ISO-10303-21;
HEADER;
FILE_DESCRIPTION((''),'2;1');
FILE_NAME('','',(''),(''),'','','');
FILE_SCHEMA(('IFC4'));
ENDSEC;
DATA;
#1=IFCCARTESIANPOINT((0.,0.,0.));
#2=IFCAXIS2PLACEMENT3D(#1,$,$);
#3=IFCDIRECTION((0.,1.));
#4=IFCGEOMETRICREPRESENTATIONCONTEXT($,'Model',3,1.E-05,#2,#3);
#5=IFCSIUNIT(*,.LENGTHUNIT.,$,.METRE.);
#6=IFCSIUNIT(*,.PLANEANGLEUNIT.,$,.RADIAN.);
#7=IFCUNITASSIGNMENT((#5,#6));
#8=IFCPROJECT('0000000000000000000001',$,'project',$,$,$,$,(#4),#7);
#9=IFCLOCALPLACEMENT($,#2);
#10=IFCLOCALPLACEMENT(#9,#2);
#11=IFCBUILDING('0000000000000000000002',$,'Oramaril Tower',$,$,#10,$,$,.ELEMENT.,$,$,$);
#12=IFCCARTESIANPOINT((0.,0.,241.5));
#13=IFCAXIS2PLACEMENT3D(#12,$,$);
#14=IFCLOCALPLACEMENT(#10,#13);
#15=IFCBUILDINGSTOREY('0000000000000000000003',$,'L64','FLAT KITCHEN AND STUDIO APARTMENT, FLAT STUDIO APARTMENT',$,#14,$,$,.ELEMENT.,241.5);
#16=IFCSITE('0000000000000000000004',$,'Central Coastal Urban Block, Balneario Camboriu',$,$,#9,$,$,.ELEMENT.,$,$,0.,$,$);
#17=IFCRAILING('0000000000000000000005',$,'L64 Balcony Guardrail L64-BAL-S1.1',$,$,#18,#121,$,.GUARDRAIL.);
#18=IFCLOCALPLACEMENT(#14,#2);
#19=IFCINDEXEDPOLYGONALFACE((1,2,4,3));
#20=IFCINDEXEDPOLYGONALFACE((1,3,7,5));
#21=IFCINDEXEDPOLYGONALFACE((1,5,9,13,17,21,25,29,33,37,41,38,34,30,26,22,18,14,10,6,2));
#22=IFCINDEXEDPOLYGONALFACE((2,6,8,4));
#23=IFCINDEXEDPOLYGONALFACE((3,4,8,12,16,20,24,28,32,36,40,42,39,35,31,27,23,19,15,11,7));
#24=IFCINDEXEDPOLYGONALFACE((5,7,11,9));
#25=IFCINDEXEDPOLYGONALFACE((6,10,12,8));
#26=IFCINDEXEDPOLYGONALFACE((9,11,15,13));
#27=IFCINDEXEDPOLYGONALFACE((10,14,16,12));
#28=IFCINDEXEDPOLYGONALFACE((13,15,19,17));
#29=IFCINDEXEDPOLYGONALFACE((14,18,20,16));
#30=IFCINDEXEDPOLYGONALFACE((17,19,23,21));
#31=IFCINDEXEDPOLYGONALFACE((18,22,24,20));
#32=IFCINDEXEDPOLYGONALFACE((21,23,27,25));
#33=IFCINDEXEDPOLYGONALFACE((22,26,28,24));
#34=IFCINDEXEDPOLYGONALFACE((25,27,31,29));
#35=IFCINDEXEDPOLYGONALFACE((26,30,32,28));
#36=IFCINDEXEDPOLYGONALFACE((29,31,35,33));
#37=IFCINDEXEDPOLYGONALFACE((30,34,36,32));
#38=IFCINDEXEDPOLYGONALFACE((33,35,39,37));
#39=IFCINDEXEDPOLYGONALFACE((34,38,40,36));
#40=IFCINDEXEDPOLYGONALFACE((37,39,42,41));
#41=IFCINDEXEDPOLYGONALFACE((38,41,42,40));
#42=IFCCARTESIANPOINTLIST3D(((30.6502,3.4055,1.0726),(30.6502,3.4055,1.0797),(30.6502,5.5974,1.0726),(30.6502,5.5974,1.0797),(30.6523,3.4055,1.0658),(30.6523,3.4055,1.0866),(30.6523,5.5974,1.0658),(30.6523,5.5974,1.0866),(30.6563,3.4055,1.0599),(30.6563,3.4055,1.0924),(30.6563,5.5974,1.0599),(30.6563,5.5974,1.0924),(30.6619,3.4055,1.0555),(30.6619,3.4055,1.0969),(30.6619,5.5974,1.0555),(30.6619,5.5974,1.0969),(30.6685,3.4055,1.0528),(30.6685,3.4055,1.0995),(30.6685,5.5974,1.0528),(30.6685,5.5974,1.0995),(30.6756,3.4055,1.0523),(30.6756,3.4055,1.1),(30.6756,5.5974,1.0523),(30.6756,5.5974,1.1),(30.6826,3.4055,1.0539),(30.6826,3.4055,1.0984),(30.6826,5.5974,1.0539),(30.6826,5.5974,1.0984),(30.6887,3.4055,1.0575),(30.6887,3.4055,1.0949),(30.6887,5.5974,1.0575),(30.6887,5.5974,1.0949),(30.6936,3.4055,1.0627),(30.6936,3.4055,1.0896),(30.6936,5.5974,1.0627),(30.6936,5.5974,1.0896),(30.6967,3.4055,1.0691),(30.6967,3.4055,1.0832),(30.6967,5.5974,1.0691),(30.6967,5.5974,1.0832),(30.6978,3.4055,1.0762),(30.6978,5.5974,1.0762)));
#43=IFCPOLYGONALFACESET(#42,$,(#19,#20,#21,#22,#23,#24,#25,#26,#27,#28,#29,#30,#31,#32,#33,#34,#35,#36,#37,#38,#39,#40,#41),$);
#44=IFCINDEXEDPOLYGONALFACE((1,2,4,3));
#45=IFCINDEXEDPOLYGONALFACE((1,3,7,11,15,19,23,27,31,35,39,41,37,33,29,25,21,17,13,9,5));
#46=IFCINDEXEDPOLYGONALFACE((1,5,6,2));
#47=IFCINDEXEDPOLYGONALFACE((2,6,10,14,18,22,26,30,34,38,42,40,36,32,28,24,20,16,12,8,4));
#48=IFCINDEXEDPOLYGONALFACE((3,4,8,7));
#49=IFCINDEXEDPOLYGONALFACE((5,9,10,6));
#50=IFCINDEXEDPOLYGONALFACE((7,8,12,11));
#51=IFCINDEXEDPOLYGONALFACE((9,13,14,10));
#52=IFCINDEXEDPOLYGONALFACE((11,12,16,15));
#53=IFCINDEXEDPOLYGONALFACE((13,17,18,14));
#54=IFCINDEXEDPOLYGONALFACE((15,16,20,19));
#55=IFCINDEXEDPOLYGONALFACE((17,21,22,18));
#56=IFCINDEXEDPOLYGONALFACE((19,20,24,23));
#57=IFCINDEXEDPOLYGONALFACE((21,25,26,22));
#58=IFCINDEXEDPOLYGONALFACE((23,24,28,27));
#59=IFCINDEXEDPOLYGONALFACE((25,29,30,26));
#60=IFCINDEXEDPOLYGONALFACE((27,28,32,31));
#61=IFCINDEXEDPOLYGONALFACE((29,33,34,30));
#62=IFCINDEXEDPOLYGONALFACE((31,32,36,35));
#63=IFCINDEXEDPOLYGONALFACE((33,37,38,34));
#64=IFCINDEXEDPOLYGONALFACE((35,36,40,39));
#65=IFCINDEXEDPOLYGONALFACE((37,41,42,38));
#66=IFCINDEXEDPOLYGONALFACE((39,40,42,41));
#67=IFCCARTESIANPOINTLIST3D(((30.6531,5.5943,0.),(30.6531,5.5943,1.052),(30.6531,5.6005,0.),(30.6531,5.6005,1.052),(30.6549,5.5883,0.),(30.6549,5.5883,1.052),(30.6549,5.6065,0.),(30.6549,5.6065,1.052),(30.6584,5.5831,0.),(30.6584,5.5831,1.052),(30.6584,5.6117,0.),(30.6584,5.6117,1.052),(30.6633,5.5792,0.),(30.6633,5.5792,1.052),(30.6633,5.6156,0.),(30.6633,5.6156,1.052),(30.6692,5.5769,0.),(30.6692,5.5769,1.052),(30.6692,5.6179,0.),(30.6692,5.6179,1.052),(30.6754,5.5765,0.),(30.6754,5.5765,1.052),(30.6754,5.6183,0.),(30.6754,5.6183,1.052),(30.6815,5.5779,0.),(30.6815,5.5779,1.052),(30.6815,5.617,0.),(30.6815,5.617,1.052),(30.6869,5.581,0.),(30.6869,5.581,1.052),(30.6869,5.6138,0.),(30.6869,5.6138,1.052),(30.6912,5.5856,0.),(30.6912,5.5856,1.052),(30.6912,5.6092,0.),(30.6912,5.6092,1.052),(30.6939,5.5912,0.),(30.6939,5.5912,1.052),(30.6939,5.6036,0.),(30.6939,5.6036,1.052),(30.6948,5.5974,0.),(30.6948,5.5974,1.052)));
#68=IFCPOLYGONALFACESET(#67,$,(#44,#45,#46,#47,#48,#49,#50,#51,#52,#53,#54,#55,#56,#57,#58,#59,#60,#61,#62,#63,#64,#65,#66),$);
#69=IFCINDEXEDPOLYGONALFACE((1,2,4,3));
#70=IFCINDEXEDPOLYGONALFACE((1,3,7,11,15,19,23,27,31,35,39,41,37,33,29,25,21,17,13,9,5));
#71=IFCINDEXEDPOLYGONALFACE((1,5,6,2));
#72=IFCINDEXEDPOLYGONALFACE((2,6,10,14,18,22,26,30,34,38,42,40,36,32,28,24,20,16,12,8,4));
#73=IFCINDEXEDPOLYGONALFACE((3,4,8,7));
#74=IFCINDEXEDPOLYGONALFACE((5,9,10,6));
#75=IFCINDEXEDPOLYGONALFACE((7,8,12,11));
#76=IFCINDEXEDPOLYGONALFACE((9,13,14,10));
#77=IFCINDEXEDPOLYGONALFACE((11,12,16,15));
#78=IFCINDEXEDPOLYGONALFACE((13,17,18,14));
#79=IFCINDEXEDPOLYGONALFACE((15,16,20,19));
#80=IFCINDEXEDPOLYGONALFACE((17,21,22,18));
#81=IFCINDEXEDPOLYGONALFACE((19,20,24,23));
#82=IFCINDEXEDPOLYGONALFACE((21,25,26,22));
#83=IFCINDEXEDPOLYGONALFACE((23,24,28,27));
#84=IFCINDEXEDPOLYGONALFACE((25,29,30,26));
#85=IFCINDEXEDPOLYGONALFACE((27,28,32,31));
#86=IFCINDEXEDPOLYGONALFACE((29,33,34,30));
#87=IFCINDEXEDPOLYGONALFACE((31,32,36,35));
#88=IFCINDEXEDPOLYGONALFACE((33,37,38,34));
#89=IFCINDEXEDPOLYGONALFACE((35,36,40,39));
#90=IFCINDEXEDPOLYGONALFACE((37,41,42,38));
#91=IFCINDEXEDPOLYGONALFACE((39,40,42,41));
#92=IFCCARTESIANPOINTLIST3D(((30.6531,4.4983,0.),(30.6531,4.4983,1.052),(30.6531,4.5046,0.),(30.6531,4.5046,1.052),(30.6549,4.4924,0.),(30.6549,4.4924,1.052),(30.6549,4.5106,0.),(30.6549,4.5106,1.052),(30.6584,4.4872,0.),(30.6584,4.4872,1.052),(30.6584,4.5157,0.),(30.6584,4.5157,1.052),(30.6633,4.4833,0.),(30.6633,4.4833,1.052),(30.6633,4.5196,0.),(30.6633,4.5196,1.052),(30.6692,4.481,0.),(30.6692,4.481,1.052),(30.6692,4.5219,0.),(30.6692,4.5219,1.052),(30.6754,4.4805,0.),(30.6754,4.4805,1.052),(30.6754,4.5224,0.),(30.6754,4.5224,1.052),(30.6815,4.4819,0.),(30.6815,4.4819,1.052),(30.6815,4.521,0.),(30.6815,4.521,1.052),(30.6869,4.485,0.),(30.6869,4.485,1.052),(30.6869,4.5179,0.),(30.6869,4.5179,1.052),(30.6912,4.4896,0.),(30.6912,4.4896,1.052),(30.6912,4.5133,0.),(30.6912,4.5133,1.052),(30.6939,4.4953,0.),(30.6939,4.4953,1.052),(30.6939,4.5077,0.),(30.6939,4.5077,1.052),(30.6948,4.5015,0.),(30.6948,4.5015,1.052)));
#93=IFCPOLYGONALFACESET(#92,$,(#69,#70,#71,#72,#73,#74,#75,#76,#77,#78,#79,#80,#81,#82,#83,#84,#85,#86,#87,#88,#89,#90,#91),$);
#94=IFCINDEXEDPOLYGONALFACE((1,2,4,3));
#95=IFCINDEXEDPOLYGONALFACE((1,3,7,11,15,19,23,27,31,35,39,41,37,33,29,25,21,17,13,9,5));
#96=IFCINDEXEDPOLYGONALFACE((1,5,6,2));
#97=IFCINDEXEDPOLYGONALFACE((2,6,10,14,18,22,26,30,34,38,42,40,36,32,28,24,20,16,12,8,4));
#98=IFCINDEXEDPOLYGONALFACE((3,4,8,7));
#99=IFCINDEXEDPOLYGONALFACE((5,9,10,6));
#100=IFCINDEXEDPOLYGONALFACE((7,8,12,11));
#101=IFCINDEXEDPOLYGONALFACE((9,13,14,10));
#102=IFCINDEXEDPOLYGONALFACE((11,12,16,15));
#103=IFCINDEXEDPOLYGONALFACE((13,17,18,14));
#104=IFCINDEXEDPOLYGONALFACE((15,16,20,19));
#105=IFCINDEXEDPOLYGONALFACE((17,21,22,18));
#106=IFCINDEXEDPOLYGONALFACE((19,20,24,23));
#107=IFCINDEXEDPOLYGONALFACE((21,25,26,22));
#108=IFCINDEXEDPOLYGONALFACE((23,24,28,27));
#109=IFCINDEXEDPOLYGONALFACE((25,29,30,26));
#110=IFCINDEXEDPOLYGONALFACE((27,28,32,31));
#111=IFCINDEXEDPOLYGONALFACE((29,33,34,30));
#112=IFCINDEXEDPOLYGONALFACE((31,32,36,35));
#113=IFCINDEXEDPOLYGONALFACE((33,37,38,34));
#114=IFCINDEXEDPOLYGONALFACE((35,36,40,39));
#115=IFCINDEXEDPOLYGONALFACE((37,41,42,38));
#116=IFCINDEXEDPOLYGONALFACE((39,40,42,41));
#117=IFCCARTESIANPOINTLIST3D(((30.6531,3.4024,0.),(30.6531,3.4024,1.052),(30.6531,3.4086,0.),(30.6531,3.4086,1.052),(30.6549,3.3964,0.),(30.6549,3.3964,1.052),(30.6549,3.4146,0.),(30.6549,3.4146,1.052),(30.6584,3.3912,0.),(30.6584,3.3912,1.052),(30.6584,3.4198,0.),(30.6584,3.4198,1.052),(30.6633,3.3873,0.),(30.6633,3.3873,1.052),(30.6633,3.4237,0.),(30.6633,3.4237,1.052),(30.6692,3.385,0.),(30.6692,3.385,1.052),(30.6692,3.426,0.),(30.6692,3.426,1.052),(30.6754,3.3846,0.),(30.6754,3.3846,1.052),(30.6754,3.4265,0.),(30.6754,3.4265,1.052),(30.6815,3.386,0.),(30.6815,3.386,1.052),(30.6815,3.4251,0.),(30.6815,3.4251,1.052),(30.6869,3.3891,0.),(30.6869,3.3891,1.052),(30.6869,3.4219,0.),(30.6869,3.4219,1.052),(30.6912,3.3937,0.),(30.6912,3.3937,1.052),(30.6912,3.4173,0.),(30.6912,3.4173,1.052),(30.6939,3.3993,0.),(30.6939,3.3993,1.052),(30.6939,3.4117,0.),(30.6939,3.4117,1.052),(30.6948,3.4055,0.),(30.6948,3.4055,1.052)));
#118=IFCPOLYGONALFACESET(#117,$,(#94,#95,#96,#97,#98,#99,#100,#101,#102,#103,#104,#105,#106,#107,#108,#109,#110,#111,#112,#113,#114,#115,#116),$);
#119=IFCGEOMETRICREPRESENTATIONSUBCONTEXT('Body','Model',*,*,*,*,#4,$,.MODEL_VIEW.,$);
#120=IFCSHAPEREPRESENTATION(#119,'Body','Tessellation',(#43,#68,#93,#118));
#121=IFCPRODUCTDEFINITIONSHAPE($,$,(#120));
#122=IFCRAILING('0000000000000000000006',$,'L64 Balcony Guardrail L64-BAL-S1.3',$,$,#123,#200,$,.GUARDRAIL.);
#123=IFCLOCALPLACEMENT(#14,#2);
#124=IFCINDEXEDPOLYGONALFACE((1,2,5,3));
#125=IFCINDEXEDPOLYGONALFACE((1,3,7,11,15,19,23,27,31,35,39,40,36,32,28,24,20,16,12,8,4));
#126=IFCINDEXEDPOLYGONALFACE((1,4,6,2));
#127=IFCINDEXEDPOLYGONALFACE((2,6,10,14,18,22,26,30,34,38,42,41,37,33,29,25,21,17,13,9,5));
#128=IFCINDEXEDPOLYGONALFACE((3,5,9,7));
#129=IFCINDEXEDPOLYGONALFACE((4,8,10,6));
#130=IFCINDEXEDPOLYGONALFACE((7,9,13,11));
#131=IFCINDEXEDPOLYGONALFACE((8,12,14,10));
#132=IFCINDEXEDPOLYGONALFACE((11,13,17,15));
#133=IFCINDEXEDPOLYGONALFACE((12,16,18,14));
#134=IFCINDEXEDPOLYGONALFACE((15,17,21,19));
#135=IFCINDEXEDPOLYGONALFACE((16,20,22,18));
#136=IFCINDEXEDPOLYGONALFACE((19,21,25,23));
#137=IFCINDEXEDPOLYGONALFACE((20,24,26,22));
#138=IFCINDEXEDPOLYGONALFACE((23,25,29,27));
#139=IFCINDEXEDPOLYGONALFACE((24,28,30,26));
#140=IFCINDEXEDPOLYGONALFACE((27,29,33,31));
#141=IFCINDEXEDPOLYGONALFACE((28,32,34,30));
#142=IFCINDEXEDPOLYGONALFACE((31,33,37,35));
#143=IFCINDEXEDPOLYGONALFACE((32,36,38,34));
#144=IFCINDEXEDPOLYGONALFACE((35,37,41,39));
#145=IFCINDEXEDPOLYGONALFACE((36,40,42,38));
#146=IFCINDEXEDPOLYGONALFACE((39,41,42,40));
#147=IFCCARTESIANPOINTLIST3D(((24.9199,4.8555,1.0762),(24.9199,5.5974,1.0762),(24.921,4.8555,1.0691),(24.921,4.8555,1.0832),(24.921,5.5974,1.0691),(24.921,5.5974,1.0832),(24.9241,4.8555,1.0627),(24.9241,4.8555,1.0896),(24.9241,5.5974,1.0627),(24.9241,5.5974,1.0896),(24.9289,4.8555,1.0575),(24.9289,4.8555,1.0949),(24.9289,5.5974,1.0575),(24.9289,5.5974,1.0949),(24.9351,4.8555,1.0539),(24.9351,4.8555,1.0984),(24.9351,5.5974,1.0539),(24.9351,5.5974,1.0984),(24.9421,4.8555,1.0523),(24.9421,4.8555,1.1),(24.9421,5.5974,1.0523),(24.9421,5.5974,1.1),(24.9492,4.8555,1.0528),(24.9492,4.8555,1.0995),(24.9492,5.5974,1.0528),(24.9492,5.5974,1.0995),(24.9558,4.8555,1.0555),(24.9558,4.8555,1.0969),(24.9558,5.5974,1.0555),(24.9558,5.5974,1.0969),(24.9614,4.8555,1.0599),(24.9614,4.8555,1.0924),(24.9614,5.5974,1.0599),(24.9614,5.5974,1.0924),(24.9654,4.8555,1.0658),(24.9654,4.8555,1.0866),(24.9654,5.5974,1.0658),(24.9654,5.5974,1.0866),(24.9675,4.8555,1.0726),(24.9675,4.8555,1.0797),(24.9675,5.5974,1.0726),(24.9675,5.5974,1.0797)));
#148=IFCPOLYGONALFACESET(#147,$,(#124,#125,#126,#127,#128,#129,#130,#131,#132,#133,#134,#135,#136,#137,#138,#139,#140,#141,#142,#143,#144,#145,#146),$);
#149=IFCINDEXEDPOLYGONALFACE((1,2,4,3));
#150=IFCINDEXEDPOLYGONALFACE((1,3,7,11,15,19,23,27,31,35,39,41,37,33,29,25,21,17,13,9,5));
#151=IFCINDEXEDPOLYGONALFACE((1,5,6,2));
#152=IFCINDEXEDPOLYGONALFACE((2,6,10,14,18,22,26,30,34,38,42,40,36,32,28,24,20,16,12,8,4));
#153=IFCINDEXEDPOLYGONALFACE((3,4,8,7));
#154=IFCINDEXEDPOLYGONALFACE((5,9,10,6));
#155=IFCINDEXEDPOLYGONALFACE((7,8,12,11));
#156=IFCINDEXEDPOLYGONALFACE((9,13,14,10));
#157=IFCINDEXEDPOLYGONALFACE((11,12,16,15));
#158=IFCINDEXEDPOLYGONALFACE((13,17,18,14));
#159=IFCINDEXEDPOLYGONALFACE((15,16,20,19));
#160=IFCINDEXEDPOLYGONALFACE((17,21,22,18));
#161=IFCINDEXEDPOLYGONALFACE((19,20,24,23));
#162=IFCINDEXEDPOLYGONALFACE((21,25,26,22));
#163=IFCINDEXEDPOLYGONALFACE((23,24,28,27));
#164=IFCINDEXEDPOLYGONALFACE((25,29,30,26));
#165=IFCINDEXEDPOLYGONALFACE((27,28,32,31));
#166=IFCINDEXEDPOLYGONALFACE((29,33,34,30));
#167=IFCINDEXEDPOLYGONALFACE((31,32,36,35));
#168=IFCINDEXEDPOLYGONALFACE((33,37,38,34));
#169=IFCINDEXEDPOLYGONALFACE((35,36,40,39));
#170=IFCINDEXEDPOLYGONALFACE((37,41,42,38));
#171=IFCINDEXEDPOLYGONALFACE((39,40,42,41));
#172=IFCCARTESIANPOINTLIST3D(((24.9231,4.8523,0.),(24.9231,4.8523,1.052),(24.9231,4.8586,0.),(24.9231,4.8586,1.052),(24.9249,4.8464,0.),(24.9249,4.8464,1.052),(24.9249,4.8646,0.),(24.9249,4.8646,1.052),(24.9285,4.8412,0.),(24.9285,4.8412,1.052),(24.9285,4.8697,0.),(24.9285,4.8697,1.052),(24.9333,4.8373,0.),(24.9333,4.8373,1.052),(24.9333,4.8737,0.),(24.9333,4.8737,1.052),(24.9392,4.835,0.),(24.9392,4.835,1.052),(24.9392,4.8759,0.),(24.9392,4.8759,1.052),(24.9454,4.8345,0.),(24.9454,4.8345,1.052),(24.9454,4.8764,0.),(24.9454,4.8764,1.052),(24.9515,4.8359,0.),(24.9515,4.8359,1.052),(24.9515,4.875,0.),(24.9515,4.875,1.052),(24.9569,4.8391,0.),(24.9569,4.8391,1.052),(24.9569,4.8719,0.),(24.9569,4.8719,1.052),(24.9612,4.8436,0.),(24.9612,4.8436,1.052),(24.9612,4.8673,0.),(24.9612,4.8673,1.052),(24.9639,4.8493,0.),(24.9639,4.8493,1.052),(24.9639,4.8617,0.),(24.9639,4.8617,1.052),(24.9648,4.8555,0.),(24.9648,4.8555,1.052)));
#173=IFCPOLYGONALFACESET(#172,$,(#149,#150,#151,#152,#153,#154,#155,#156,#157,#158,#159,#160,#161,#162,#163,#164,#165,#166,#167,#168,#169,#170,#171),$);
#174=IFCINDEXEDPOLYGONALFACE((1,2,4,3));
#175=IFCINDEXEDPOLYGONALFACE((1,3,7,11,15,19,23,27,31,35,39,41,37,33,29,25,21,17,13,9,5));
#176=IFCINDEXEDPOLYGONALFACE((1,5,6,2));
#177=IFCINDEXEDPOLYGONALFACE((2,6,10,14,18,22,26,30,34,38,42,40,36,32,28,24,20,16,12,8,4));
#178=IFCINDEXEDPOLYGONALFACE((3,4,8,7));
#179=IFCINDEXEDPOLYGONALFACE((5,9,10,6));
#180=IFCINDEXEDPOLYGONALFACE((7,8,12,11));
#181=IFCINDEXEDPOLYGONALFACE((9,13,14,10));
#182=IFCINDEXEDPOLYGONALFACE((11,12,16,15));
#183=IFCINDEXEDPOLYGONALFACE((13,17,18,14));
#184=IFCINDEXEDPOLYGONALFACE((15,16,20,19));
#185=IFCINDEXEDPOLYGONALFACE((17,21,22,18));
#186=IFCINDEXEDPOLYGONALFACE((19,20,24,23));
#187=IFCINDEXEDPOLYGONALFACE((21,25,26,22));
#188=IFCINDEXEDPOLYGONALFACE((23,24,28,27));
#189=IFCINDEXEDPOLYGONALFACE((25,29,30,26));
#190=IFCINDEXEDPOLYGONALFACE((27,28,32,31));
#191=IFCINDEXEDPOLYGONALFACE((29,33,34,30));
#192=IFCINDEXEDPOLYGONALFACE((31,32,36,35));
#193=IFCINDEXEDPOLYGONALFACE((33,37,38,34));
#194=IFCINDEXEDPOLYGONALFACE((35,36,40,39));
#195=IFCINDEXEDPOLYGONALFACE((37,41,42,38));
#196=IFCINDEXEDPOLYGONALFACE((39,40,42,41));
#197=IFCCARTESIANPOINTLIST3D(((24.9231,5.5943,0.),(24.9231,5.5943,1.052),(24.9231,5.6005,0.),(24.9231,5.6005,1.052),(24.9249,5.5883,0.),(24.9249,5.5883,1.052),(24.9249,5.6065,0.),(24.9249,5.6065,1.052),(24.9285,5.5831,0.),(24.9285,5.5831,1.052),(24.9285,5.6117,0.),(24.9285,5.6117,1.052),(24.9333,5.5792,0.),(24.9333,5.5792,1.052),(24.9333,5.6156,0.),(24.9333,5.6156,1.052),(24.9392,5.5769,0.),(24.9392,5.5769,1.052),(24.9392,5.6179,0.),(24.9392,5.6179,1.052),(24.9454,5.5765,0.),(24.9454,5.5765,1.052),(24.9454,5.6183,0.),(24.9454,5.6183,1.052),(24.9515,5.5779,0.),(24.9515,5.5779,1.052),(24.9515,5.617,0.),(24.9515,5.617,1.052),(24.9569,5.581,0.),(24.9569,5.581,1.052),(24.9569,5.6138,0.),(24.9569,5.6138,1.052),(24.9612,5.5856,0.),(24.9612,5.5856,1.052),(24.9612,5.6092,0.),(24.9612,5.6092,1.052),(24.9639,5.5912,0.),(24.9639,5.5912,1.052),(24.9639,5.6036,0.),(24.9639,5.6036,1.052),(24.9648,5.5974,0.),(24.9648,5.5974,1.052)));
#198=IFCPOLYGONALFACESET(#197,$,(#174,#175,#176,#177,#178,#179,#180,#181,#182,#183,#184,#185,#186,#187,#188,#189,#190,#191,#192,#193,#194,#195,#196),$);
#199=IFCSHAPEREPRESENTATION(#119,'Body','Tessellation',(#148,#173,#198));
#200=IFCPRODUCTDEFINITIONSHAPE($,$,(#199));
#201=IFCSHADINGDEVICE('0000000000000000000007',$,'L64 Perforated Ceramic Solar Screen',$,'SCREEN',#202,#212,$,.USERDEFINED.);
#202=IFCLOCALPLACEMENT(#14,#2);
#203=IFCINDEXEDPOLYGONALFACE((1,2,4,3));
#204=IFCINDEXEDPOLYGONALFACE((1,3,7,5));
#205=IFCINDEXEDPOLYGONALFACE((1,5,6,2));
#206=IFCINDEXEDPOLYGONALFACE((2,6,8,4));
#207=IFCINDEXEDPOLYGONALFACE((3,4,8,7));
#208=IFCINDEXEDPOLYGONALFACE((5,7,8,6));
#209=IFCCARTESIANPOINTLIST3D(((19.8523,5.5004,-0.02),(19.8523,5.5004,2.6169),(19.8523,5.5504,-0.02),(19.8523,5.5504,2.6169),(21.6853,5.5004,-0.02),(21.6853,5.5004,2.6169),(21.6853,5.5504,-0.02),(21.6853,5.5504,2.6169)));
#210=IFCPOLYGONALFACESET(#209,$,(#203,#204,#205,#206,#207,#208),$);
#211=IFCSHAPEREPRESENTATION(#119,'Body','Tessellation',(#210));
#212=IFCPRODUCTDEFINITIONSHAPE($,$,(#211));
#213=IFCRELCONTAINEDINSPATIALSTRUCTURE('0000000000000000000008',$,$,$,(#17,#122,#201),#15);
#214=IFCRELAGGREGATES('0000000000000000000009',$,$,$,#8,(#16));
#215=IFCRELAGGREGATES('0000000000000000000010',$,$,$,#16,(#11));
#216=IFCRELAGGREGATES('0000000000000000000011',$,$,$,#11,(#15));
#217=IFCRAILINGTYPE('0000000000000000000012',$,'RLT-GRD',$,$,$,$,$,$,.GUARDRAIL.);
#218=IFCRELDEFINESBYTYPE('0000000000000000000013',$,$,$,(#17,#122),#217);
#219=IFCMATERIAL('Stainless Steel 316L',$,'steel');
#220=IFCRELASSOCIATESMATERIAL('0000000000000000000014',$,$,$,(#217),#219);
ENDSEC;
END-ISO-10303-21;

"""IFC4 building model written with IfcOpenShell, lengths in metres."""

from ifc_helpers import new_model, si_unit, direction, frame, origin, origin_2d, place, context, subcontext, project, spatial, rectangle, circle, extrude, material, type_object, element, save


model = new_model("IFC4")

# Units and contexts
model_context = context("Model", 3, precision=1e-05, world=origin(), true_north=direction((0.0, 1.0)))
body_context = subcontext(model_context, "Body", "Model", "MODEL_VIEW")
ifc_project = project(units=[si_unit("LENGTHUNIT", "METRE"), si_unit("PLANEANGLEUNIT", "RADIAN")], contexts=[model_context])

# Site, building, storey
site_placement = place(None, origin())
site = spatial("IfcSite", under=ifc_project, at=site_placement, Name="Central Coastal Urban Block, Balneario Camboriu", CompositionType="ELEMENT", RefElevation=0.0)
building_placement = place(site_placement, origin())
building = spatial("IfcBuilding", under=site, at=building_placement, Name="Oramaril Tower", CompositionType="ELEMENT")
storey_placement = place(building_placement, frame((0.0, 0.0, 241.5)))
storey = spatial("IfcBuildingStorey", under=building, at=storey_placement, Name="L64", Description="FLAT KITCHEN AND STUDIO APARTMENT, FLAT STUDIO APARTMENT", CompositionType="ELEMENT", Elevation=241.5)

# Railings
ifc_material_1 = material(Name="Stainless Steel 316L", Category="steel")
railing_type = type_object("IfcRailingType", Name="RLT-GRD", PredefinedType="GUARDRAIL", material=ifc_material_1)
railing_1_placement = place(storey_placement, frame((30.6738, 5.5974, 0.0)))
element("IfcRailing", 1, at=railing_1_placement, inside=storey, type_object=railing_type, Name="L64 Balcony Guardrail L64-BAL-S1.1", PredefinedType="GUARDRAIL", context=body_context, shape_type="SweptSolid", body=[
    extrude(circle(Radius=0.0239, at=origin_2d()), frame((0.0, 0.0, 1.0762), z_axis=(0.0, -1.0, 0.0), x_axis=(1.0, 0.0, 0.0)), (0.0, 0.0, 1.0), 2.1919),
    extrude(circle(Radius=0.021, at=origin_2d()), origin(), (0.0, 0.0, 1.0), 1.052),
    extrude(circle(Radius=0.021, at=origin_2d()), frame((0.0, -1.0959, 0.0)), (0.0, 0.0, 1.0), 1.052),
    extrude(circle(Radius=0.021, at=origin_2d()), frame((0.0, -2.1919, 0.0)), (0.0, 0.0, 1.0), 1.052),
])
railing_2_placement = place(storey_placement, frame((24.9438, 4.8555, 0.0)))
element("IfcRailing", 2, at=railing_2_placement, inside=storey, type_object=railing_type, Name="L64 Balcony Guardrail L64-BAL-S1.3", PredefinedType="GUARDRAIL", context=body_context, shape_type="SweptSolid", body=[
    extrude(circle(Radius=0.0239, at=origin_2d()), frame((0.0, 0.0, 1.0762), z_axis=(0.0, 1.0, 0.0), x_axis=(-1.0, 0.0, 0.0)), (0.0, 0.0, 1.0), 0.7419),
    extrude(circle(Radius=0.021, at=origin_2d()), origin(), (0.0, 0.0, 1.0), 1.052),
    extrude(circle(Radius=0.021, at=origin_2d()), frame((0.0, 0.7419, 0.0)), (0.0, 0.0, 1.0), 1.052),
])

# Shading device
for number, where, z_axis, x_axis, name in (
    (3, (20.7688, 5.5254, -0.02), (0.0, 0.0, 1.0), (1.0, 0.0, 0.0), "L64 Perforated Ceramic Solar Screen"),
):
    element("IfcShadingDevice", number, at=place(storey_placement, frame(where, z_axis=z_axis, x_axis=x_axis)), inside=storey, Name=name, ObjectType="SCREEN", PredefinedType="USERDEFINED", context=body_context, shape_type="SweptSolid", body=[
        extrude(rectangle(XDim=1.833, YDim=0.05, at=origin_2d()), origin(), (0.0, 0.0, 1.0), 2.637),
    ])

save(model, "model.ifc")
